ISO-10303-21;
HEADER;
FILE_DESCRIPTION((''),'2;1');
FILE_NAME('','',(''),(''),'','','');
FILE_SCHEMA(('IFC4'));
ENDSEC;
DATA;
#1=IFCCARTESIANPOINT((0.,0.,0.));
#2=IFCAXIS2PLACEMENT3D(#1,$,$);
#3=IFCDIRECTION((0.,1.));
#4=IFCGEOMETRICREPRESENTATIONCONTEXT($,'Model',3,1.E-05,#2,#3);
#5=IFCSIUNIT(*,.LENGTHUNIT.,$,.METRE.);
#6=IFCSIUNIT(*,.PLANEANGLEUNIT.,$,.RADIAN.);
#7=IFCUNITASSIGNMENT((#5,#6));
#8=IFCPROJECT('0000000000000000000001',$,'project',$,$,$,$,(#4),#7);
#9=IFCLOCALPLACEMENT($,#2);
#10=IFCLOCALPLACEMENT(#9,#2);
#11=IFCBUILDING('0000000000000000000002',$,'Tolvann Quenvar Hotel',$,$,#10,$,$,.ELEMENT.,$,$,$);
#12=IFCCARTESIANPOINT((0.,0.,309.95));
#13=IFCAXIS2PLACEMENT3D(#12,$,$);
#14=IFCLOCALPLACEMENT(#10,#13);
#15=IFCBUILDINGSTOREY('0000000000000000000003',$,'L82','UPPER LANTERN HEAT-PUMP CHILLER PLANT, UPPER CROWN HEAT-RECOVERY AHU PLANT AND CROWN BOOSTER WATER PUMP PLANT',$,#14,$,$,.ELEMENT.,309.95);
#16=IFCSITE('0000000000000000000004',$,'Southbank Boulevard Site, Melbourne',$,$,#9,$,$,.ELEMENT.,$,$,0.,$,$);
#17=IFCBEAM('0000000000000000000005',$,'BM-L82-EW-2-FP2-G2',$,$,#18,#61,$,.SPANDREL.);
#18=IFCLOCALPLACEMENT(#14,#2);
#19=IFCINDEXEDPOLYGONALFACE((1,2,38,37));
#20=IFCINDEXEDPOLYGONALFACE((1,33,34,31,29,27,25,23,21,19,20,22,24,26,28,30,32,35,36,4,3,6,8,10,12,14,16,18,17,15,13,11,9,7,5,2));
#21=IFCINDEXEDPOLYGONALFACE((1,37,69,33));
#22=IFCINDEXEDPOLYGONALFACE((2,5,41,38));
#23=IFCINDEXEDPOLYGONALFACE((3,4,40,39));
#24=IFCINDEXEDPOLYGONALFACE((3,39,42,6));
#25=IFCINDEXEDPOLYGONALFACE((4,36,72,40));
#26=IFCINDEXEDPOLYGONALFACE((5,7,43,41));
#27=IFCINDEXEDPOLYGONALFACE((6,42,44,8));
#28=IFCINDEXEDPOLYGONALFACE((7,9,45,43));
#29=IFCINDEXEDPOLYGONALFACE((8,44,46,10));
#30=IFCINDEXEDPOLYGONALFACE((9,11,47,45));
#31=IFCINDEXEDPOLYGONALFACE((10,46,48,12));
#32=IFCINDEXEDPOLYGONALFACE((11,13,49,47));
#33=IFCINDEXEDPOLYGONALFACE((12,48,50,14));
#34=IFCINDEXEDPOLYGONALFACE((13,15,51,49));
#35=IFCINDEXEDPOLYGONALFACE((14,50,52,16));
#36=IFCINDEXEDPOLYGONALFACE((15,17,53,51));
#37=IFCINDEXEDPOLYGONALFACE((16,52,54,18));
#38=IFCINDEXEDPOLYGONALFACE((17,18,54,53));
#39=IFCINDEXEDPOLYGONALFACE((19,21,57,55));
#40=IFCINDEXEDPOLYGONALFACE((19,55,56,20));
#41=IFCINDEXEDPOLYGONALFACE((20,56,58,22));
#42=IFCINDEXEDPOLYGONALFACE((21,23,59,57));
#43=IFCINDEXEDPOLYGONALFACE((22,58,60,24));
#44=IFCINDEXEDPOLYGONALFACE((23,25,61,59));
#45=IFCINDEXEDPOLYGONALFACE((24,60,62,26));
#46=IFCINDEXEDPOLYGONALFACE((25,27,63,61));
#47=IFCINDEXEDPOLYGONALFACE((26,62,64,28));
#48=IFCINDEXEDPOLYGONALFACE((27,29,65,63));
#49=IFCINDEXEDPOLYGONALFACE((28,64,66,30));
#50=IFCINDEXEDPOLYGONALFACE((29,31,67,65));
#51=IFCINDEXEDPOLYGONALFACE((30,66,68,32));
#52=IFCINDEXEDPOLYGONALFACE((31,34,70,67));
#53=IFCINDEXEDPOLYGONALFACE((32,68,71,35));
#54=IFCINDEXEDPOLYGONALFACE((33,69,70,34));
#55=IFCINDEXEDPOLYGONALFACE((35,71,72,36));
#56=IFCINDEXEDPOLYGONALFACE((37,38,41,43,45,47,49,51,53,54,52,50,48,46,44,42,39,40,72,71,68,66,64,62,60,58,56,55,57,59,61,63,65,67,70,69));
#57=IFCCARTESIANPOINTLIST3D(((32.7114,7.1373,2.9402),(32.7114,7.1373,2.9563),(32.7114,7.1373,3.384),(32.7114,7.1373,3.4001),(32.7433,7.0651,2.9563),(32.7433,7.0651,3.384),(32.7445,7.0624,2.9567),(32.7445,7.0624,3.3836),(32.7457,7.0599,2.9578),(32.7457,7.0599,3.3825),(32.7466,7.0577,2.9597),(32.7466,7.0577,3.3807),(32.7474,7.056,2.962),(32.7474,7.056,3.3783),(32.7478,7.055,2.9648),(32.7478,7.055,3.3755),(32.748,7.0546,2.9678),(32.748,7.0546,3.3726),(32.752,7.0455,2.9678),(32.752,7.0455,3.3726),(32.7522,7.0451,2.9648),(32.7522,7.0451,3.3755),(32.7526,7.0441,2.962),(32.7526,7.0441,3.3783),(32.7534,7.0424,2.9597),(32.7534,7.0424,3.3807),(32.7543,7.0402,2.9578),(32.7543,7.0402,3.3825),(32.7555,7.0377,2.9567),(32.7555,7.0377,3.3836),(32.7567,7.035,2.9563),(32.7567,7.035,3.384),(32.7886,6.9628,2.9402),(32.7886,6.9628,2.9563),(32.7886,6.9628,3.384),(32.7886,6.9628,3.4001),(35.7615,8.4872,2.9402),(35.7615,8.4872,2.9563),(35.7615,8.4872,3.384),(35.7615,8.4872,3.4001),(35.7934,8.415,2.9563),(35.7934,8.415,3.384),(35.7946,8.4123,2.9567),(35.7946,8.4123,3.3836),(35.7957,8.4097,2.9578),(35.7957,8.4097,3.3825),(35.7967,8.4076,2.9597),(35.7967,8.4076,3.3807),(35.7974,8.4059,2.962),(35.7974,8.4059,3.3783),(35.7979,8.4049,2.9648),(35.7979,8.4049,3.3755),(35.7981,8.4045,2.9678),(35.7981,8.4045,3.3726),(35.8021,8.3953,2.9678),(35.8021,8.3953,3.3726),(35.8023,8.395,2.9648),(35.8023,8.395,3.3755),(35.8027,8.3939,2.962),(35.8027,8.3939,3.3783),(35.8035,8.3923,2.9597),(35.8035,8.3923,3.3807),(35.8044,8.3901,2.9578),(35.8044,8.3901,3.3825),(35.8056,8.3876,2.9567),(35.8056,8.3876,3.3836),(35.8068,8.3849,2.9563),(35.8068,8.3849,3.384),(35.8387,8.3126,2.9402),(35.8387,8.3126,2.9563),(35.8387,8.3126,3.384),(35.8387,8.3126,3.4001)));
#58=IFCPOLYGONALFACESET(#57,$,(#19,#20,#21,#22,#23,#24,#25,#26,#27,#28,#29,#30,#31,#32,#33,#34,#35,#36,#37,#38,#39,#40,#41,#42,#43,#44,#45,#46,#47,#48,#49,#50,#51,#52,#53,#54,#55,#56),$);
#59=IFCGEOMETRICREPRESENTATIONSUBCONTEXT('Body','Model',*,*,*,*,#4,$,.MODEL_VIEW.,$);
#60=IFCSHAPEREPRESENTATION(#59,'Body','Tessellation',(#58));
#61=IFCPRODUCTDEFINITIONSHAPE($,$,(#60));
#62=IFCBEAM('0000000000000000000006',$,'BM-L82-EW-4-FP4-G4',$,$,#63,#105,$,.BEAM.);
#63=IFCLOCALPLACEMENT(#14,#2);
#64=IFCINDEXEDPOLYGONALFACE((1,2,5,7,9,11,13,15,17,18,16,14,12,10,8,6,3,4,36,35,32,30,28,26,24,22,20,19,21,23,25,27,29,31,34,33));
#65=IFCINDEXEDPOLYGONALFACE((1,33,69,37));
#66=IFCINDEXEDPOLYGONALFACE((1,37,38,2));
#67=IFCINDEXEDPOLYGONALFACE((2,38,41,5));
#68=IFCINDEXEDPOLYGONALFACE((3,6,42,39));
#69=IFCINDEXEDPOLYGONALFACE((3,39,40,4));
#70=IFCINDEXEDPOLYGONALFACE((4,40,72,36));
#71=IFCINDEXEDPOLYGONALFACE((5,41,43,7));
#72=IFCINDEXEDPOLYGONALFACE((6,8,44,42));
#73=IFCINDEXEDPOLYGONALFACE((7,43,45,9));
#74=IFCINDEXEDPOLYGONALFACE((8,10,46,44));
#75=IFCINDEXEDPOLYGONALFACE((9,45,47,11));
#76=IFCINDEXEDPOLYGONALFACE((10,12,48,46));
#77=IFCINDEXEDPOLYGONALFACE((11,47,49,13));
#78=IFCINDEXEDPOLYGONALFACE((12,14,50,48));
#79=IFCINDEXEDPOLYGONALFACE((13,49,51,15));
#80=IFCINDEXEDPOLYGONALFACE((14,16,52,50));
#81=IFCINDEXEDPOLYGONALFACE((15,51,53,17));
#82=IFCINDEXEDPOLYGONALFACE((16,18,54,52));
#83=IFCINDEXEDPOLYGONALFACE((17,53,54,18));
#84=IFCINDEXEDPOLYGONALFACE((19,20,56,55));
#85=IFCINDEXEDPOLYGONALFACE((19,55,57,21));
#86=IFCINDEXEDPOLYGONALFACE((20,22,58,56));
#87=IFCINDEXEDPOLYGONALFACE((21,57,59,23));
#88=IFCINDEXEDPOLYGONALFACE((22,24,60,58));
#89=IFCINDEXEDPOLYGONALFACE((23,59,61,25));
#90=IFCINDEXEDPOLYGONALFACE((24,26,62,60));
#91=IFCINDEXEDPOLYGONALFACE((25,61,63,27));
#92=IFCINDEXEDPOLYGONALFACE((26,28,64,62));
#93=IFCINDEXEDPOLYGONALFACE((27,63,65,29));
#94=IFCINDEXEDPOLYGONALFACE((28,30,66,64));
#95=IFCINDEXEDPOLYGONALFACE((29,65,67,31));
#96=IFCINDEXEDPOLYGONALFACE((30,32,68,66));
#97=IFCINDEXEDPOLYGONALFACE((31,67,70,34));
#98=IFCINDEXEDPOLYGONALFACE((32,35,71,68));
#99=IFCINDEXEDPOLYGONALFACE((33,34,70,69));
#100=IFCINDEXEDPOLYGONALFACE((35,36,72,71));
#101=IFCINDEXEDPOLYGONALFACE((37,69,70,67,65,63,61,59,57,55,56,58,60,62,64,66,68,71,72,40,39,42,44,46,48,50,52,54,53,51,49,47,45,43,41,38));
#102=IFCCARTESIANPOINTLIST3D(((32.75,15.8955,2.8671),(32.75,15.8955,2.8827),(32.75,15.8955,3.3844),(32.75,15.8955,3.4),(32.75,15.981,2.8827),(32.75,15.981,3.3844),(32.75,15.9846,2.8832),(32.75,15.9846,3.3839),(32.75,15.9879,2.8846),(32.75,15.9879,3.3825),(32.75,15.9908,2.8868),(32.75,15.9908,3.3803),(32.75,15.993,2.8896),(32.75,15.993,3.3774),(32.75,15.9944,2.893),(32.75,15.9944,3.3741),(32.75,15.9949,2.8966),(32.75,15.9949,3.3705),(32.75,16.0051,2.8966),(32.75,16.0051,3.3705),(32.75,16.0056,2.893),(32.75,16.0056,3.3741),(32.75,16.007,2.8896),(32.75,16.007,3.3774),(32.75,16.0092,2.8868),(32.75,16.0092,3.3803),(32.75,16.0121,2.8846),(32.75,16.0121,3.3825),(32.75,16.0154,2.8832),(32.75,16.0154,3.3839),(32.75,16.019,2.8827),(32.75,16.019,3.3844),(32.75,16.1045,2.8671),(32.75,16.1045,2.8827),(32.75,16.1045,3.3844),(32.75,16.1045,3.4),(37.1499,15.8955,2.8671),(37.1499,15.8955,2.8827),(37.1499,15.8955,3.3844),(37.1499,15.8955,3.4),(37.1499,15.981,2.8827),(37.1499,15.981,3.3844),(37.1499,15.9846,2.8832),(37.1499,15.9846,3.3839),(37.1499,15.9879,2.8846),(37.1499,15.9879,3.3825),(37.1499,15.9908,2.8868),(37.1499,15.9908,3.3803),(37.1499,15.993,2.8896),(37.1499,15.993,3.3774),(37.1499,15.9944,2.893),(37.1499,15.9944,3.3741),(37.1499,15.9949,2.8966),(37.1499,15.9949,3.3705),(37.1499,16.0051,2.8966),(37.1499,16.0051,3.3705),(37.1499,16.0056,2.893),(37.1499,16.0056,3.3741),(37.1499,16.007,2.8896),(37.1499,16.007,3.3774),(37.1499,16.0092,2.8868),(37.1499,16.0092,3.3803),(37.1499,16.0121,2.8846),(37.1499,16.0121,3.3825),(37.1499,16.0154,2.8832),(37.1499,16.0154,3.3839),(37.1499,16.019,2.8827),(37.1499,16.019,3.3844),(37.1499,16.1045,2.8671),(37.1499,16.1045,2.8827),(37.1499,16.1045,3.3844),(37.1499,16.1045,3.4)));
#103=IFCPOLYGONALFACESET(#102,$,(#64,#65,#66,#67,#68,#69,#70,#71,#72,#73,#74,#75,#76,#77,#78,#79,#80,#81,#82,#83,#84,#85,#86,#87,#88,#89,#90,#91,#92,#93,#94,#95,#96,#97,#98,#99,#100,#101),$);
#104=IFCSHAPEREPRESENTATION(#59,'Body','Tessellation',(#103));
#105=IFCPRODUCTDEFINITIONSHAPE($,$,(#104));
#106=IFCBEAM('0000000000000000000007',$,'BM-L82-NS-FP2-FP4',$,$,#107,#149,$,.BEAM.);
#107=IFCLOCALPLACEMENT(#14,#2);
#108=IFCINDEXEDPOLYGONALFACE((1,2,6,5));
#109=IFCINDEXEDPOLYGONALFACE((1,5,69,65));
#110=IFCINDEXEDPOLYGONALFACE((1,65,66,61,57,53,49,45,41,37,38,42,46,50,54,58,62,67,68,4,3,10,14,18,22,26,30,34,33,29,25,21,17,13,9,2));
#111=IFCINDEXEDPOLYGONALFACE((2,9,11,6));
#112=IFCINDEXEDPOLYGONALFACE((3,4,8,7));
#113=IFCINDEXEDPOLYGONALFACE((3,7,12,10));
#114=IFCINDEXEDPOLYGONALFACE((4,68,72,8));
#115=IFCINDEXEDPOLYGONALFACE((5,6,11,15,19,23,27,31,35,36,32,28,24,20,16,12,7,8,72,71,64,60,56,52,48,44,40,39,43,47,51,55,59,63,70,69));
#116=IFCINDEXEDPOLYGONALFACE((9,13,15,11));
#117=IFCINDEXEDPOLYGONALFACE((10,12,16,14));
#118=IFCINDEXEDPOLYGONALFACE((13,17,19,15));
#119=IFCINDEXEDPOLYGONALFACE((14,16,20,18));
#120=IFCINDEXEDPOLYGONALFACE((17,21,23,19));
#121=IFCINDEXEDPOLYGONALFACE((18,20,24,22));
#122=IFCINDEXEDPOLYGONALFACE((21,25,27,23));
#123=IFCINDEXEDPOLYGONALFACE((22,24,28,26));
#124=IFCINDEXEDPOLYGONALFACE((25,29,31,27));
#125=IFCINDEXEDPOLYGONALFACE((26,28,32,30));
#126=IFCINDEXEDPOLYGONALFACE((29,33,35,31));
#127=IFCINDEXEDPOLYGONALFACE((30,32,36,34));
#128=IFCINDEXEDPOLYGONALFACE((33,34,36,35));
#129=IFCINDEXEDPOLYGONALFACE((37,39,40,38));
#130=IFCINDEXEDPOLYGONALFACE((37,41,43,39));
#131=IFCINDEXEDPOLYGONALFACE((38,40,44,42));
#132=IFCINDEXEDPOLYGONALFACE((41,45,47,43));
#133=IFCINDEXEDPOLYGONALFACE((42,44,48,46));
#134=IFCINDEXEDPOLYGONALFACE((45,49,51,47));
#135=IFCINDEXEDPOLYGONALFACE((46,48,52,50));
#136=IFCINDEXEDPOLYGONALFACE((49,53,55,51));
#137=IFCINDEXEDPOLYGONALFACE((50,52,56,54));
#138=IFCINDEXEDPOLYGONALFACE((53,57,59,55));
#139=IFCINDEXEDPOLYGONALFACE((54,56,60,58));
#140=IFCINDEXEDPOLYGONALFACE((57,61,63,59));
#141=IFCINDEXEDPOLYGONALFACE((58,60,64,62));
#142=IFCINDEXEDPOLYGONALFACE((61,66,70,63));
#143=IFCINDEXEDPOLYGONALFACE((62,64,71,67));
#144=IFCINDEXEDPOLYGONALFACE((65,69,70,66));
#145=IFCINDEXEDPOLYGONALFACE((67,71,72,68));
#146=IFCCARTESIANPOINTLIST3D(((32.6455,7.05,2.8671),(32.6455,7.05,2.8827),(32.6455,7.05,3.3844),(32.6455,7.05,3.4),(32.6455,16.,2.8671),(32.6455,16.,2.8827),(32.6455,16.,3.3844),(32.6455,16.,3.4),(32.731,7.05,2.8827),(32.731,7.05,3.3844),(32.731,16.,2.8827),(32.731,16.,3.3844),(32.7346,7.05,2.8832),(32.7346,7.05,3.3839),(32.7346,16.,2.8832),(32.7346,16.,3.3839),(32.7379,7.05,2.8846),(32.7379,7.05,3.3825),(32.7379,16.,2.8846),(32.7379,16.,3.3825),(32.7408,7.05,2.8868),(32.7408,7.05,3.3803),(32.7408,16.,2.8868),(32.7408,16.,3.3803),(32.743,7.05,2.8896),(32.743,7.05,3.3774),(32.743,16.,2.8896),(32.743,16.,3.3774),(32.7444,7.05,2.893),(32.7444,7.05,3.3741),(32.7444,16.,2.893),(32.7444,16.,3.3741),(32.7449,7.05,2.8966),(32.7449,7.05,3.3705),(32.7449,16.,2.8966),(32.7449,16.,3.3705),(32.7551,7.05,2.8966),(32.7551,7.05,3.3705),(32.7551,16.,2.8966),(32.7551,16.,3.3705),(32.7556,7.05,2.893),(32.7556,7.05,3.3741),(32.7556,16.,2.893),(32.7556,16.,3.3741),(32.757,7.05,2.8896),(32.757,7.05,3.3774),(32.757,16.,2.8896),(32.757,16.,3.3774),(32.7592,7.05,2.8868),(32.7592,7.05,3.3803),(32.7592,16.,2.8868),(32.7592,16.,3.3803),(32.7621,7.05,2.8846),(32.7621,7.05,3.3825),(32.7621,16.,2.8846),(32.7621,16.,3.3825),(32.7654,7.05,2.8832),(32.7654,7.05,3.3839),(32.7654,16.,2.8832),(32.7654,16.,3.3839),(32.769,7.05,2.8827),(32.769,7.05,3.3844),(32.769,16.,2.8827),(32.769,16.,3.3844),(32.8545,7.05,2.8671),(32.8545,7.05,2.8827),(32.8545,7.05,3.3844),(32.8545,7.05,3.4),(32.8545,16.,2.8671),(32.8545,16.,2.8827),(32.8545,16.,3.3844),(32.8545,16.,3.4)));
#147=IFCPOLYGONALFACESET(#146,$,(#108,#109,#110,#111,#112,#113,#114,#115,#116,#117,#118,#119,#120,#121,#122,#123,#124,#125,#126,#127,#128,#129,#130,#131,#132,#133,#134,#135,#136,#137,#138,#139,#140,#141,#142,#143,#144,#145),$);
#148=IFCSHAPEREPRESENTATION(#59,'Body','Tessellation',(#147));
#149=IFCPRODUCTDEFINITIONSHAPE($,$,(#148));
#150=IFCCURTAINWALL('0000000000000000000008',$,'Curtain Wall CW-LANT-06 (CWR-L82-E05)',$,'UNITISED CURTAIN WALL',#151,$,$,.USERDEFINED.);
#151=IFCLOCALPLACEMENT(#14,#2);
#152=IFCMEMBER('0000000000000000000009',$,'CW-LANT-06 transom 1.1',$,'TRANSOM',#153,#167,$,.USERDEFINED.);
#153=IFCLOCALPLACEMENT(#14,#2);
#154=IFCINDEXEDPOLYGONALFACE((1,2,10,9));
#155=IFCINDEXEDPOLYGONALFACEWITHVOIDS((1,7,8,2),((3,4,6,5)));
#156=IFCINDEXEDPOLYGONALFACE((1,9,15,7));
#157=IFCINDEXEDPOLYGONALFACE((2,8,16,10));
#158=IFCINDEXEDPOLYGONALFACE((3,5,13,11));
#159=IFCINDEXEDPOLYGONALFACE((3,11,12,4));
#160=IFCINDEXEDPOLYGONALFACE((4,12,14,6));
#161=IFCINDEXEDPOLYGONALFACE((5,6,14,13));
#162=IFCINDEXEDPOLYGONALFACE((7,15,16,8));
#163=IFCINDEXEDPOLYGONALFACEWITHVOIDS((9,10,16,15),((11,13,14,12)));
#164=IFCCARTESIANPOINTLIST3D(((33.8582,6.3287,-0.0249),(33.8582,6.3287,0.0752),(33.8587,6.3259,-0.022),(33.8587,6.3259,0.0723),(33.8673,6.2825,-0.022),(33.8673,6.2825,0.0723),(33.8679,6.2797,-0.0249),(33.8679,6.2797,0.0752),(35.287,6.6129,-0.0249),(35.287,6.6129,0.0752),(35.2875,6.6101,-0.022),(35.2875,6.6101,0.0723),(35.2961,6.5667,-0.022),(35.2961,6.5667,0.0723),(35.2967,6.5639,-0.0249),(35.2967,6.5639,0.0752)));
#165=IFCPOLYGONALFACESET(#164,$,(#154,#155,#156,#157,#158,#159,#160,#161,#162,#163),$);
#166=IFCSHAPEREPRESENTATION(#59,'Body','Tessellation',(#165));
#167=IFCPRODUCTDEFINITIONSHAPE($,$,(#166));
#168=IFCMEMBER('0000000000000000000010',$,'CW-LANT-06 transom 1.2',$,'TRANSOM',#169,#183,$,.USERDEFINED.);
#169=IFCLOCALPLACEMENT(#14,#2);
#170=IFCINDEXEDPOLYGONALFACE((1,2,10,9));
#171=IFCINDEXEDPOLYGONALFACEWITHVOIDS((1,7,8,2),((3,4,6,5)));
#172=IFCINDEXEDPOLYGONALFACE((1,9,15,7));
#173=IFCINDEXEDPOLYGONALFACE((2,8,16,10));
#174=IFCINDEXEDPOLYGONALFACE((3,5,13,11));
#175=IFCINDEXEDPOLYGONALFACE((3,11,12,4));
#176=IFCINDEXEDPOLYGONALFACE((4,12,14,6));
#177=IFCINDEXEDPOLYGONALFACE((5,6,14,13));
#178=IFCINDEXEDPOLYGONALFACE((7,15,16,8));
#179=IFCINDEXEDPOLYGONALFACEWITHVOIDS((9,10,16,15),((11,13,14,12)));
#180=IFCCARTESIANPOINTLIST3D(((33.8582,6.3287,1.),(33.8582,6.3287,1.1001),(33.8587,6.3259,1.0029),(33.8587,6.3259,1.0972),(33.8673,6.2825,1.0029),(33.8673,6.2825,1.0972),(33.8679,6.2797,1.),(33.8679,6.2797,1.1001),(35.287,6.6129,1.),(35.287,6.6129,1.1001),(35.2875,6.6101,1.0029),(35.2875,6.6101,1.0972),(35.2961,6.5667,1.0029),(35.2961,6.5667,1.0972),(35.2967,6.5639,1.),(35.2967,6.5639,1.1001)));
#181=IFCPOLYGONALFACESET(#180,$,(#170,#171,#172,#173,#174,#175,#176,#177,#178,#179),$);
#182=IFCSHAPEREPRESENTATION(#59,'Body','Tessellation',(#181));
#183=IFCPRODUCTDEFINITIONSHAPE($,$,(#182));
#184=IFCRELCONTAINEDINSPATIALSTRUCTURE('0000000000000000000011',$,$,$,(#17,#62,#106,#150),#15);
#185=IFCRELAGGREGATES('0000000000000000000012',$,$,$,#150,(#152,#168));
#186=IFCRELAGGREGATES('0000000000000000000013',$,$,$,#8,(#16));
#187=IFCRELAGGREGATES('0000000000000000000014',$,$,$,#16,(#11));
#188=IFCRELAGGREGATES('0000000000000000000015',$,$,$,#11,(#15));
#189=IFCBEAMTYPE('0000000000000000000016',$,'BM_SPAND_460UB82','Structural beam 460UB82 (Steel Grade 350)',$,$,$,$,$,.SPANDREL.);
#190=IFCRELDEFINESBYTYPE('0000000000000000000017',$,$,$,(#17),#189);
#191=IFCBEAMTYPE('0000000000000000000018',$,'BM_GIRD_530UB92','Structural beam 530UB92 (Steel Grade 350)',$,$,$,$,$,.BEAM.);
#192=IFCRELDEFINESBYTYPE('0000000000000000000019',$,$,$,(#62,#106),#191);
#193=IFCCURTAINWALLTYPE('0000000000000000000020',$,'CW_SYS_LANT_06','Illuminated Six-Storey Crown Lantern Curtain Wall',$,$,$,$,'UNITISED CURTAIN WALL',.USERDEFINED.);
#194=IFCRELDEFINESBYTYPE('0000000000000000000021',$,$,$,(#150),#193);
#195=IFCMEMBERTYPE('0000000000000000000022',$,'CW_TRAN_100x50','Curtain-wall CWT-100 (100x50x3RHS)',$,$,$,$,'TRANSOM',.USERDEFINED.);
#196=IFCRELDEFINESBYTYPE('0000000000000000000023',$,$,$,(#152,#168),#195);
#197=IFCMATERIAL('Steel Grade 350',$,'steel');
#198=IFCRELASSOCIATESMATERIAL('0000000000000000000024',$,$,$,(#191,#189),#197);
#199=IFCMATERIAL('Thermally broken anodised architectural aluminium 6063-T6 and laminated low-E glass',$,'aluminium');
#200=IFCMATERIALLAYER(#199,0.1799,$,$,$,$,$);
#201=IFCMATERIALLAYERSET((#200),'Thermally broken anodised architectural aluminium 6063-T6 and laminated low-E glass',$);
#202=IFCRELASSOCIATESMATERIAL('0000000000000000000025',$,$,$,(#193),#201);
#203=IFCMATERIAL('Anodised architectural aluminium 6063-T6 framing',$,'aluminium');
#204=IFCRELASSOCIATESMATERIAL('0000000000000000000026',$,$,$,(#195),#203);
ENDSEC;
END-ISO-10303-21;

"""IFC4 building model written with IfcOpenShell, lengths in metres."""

from ifc_helpers import new_model, si_unit, direction, frame, origin, origin_2d, place, context, subcontext, project, spatial, hollow_rectangle, i_section, extrude, source, transform, mapped, material, layer, layer_set, material_profile, profile_set, type_object, type_shapes, element, aggregate, save


model = new_model("IFC4")

# Units and contexts
model_context = context("Model", 3, precision=1e-05, world=origin(), true_north=direction((0.0, 1.0)))
body_context = subcontext(model_context, "Body", "Model", "MODEL_VIEW")
ifc_project = project(units=[si_unit("LENGTHUNIT", "METRE"), si_unit("PLANEANGLEUNIT", "RADIAN")], contexts=[model_context])

# Site, building, storey
site_placement = place(None, origin())
site = spatial("IfcSite", under=ifc_project, at=site_placement, Name="Southbank Boulevard Site, Melbourne", CompositionType="ELEMENT", RefElevation=0.0)
building_placement = place(site_placement, origin())
building = spatial("IfcBuilding", under=site, at=building_placement, Name="Tolvann Quenvar Hotel", CompositionType="ELEMENT")
storey_placement = place(building_placement, frame((0.0, 0.0, 309.95)))
storey = spatial("IfcBuildingStorey", under=building, at=storey_placement, Name="L82", Description="UPPER LANTERN HEAT-PUMP CHILLER PLANT, UPPER CROWN HEAT-RECOVERY AHU PLANT AND CROWN BOOSTER WATER PUMP PLANT", CompositionType="ELEMENT", Elevation=309.95)

# Shared definitions
ifc_material_1 = material(Name="Steel Grade 350", Category="steel")

# Beams
ifc_material_profile_1 = material_profile(ifc_material_1, i_section(OverallWidth=0.209, OverallDepth=0.533, WebThickness=0.0103, FlangeThickness=0.0156, FilletRadius=0.0139, at=origin_2d()), Name="530UB92")
ifc_profile_set_1 = profile_set([ifc_material_profile_1], Name="Steel Grade 350")
beam_type_1 = type_object("IfcBeamType", Name="BM_GIRD_530UB92", Description="Structural beam 530UB92 (Steel Grade 350)", PredefinedType="BEAM", material=ifc_profile_set_1)
ifc_material_profile_2 = material_profile(ifc_material_1, i_section(OverallWidth=0.1909, OverallDepth=0.46, WebThickness=0.01, FlangeThickness=0.0161, FilletRadius=0.0115, at=origin_2d()), Name="460UB82")
ifc_profile_set_2 = profile_set([ifc_material_profile_2], Name="Steel Grade 350")
beam_type_2 = type_object("IfcBeamType", Name="BM_SPAND_460UB82", Description="Structural beam 460UB82 (Steel Grade 350)", PredefinedType="SPANDREL", material=ifc_profile_set_2)
shared_shape_1 = source(origin(), body_context, "Body", "SweptSolid", [
    extrude(i_section(OverallWidth=0.1909, OverallDepth=0.46, WebThickness=0.01, FlangeThickness=0.0161, FilletRadius=0.0115, at=origin_2d()), origin(), (0.0, 0.0, 1.0), 3.3354),
])
type_shapes(beam_type_2, [shared_shape_1])
beam_1_placement = place(storey_placement, frame((32.75, 7.05, 3.1702), z_axis=(0.914447, 0.404705, 0.0), x_axis=(-0.404705, 0.914447, 0.0)))
element("IfcBeam", 1, at=beam_1_placement, inside=storey, type_object=beam_type_2, Name="BM-L82-EW-2-FP2-G2", PredefinedType="SPANDREL", context=body_context, shape_type="MappedRepresentation", body=[
    mapped(shared_shape_1, transform((0.0, 0.0, 0.0), x_axis=(1.0, 0.0, 0.0), y_axis=(0.0, 1.0, 0.0), z_axis=(0.0, 0.0, 1.0), scale=1.0)),
])
shared_shape_2 = source(origin(), body_context, "Body", "SweptSolid", [
    extrude(i_section(OverallWidth=0.209, OverallDepth=0.533, WebThickness=0.0103, FlangeThickness=0.0156, FilletRadius=0.0139, at=origin_2d()), origin(), (0.0, 0.0, 1.0), 4.3999),
])
beam_2_placement = place(storey_placement, frame((32.75, 16.0, 3.1335), z_axis=(1.0, 0.0, 0.0), x_axis=(0.0, 1.0, 0.0)))
element("IfcBeam", 2, at=beam_2_placement, inside=storey, type_object=beam_type_1, Name="BM-L82-EW-4-FP4-G4", PredefinedType="BEAM", context=body_context, shape_type="MappedRepresentation", body=[
    mapped(shared_shape_2, transform((0.0, 0.0, 0.0), x_axis=(1.0, 0.0, 0.0), y_axis=(0.0, 1.0, 0.0), z_axis=(0.0, 0.0, 1.0), scale=1.0)),
])
shared_shape_3 = source(origin(), body_context, "Body", "SweptSolid", [
    extrude(i_section(OverallWidth=0.209, OverallDepth=0.533, WebThickness=0.0103, FlangeThickness=0.0156, FilletRadius=0.0139, at=origin_2d()), origin(), (0.0, 0.0, 1.0), 8.95),
])
beam_3_placement = place(storey_placement, frame((32.75, 7.05, 3.1335), z_axis=(0.0, 1.0, 0.0), x_axis=(-1.0, 0.0, 0.0)))
element("IfcBeam", 3, at=beam_3_placement, inside=storey, type_object=beam_type_1, Name="BM-L82-NS-FP2-FP4", PredefinedType="BEAM", context=body_context, shape_type="MappedRepresentation", body=[
    mapped(shared_shape_3, transform((0.0, 0.0, 0.0), x_axis=(1.0, 0.0, 0.0), y_axis=(0.0, 1.0, 0.0), z_axis=(0.0, 0.0, 1.0), scale=1.0)),
])

# Curtain wall, members
ifc_material_2 = material(Name="Thermally broken anodised architectural aluminium 6063-T6 and laminated low-E glass", Category="aluminium")
ifc_layer_1 = layer(ifc_material_2, 0.1799)
ifc_layer_set_1 = layer_set([ifc_layer_1], Name="Thermally broken anodised architectural aluminium 6063-T6 and laminated low-E glass")
curtain_wall_type = type_object("IfcCurtainWallType", Name="CW_SYS_LANT_06", Description="Illuminated Six-Storey Crown Lantern Curtain Wall", ElementType="UNITISED CURTAIN WALL", PredefinedType="USERDEFINED", material=ifc_layer_set_1)
curtain_wall_1_placement = place(storey_placement, origin())
curtain_wall_1 = element("IfcCurtainWall", 4, at=curtain_wall_1_placement, inside=storey, type_object=curtain_wall_type, Name="Curtain Wall CW-LANT-06 (CWR-L82-E05)", ObjectType="UNITISED CURTAIN WALL", PredefinedType="USERDEFINED")
ifc_material_3 = material(Name="Anodised architectural aluminium 6063-T6 framing", Category="aluminium")
ifc_material_profile_3 = material_profile(ifc_material_3, hollow_rectangle(XDim=0.05, YDim=0.1001, WallThickness=0.0029, at=origin_2d()), Name="100x50x3RHS")
ifc_profile_set_3 = profile_set([ifc_material_profile_3], Name="Anodised architectural aluminium 6063-T6 framing")
member_type_1 = type_object("IfcMemberType", Name="CW_TRAN_100x50", Description="Curtain-wall CWT-100 (100x50x3RHS)", ElementType="TRANSOM", PredefinedType="USERDEFINED", material=ifc_profile_set_3)
shared_shape_4 = source(origin(), body_context, "Body", "SweptSolid", [
    extrude(hollow_rectangle(XDim=0.05, YDim=0.1001, WallThickness=0.0029, at=origin_2d()), origin(), (0.0, 0.0, 1.0), 1.4568),
])
member_1_placement = place(storey_placement, frame((33.863, 6.3042, 0.0251), z_axis=(0.980786, 0.195085, 0.0), x_axis=(-0.195085, 0.980786, 0.0)))
member_1 = element("IfcMember", 5, at=member_1_placement, type_object=member_type_1, Name="CW-LANT-06 transom 1.1", ObjectType="TRANSOM", PredefinedType="USERDEFINED", context=body_context, shape_type="MappedRepresentation", body=[
    mapped(shared_shape_4, transform((0.0, 0.0, 0.0), x_axis=(1.0, 0.0, 0.0), y_axis=(0.0, 1.0, 0.0), z_axis=(0.0, 0.0, 1.0), scale=1.0)),
])
member_2_placement = place(storey_placement, frame((33.863, 6.3042, 1.05), z_axis=(0.980786, 0.195085, 0.0), x_axis=(-0.195085, 0.980786, 0.0)))
member_2 = element("IfcMember", 6, at=member_2_placement, type_object=member_type_1, Name="CW-LANT-06 transom 1.2", ObjectType="TRANSOM", PredefinedType="USERDEFINED", context=body_context, shape_type="MappedRepresentation", body=[
    mapped(shared_shape_4, transform((0.0, 0.0, 0.0), x_axis=(1.0, 0.0, 0.0), y_axis=(0.0, 1.0, 0.0), z_axis=(0.0, 0.0, 1.0), scale=1.0)),
])

aggregate(curtain_wall_1, [member_1, member_2])

save(model, "model.ifc")
